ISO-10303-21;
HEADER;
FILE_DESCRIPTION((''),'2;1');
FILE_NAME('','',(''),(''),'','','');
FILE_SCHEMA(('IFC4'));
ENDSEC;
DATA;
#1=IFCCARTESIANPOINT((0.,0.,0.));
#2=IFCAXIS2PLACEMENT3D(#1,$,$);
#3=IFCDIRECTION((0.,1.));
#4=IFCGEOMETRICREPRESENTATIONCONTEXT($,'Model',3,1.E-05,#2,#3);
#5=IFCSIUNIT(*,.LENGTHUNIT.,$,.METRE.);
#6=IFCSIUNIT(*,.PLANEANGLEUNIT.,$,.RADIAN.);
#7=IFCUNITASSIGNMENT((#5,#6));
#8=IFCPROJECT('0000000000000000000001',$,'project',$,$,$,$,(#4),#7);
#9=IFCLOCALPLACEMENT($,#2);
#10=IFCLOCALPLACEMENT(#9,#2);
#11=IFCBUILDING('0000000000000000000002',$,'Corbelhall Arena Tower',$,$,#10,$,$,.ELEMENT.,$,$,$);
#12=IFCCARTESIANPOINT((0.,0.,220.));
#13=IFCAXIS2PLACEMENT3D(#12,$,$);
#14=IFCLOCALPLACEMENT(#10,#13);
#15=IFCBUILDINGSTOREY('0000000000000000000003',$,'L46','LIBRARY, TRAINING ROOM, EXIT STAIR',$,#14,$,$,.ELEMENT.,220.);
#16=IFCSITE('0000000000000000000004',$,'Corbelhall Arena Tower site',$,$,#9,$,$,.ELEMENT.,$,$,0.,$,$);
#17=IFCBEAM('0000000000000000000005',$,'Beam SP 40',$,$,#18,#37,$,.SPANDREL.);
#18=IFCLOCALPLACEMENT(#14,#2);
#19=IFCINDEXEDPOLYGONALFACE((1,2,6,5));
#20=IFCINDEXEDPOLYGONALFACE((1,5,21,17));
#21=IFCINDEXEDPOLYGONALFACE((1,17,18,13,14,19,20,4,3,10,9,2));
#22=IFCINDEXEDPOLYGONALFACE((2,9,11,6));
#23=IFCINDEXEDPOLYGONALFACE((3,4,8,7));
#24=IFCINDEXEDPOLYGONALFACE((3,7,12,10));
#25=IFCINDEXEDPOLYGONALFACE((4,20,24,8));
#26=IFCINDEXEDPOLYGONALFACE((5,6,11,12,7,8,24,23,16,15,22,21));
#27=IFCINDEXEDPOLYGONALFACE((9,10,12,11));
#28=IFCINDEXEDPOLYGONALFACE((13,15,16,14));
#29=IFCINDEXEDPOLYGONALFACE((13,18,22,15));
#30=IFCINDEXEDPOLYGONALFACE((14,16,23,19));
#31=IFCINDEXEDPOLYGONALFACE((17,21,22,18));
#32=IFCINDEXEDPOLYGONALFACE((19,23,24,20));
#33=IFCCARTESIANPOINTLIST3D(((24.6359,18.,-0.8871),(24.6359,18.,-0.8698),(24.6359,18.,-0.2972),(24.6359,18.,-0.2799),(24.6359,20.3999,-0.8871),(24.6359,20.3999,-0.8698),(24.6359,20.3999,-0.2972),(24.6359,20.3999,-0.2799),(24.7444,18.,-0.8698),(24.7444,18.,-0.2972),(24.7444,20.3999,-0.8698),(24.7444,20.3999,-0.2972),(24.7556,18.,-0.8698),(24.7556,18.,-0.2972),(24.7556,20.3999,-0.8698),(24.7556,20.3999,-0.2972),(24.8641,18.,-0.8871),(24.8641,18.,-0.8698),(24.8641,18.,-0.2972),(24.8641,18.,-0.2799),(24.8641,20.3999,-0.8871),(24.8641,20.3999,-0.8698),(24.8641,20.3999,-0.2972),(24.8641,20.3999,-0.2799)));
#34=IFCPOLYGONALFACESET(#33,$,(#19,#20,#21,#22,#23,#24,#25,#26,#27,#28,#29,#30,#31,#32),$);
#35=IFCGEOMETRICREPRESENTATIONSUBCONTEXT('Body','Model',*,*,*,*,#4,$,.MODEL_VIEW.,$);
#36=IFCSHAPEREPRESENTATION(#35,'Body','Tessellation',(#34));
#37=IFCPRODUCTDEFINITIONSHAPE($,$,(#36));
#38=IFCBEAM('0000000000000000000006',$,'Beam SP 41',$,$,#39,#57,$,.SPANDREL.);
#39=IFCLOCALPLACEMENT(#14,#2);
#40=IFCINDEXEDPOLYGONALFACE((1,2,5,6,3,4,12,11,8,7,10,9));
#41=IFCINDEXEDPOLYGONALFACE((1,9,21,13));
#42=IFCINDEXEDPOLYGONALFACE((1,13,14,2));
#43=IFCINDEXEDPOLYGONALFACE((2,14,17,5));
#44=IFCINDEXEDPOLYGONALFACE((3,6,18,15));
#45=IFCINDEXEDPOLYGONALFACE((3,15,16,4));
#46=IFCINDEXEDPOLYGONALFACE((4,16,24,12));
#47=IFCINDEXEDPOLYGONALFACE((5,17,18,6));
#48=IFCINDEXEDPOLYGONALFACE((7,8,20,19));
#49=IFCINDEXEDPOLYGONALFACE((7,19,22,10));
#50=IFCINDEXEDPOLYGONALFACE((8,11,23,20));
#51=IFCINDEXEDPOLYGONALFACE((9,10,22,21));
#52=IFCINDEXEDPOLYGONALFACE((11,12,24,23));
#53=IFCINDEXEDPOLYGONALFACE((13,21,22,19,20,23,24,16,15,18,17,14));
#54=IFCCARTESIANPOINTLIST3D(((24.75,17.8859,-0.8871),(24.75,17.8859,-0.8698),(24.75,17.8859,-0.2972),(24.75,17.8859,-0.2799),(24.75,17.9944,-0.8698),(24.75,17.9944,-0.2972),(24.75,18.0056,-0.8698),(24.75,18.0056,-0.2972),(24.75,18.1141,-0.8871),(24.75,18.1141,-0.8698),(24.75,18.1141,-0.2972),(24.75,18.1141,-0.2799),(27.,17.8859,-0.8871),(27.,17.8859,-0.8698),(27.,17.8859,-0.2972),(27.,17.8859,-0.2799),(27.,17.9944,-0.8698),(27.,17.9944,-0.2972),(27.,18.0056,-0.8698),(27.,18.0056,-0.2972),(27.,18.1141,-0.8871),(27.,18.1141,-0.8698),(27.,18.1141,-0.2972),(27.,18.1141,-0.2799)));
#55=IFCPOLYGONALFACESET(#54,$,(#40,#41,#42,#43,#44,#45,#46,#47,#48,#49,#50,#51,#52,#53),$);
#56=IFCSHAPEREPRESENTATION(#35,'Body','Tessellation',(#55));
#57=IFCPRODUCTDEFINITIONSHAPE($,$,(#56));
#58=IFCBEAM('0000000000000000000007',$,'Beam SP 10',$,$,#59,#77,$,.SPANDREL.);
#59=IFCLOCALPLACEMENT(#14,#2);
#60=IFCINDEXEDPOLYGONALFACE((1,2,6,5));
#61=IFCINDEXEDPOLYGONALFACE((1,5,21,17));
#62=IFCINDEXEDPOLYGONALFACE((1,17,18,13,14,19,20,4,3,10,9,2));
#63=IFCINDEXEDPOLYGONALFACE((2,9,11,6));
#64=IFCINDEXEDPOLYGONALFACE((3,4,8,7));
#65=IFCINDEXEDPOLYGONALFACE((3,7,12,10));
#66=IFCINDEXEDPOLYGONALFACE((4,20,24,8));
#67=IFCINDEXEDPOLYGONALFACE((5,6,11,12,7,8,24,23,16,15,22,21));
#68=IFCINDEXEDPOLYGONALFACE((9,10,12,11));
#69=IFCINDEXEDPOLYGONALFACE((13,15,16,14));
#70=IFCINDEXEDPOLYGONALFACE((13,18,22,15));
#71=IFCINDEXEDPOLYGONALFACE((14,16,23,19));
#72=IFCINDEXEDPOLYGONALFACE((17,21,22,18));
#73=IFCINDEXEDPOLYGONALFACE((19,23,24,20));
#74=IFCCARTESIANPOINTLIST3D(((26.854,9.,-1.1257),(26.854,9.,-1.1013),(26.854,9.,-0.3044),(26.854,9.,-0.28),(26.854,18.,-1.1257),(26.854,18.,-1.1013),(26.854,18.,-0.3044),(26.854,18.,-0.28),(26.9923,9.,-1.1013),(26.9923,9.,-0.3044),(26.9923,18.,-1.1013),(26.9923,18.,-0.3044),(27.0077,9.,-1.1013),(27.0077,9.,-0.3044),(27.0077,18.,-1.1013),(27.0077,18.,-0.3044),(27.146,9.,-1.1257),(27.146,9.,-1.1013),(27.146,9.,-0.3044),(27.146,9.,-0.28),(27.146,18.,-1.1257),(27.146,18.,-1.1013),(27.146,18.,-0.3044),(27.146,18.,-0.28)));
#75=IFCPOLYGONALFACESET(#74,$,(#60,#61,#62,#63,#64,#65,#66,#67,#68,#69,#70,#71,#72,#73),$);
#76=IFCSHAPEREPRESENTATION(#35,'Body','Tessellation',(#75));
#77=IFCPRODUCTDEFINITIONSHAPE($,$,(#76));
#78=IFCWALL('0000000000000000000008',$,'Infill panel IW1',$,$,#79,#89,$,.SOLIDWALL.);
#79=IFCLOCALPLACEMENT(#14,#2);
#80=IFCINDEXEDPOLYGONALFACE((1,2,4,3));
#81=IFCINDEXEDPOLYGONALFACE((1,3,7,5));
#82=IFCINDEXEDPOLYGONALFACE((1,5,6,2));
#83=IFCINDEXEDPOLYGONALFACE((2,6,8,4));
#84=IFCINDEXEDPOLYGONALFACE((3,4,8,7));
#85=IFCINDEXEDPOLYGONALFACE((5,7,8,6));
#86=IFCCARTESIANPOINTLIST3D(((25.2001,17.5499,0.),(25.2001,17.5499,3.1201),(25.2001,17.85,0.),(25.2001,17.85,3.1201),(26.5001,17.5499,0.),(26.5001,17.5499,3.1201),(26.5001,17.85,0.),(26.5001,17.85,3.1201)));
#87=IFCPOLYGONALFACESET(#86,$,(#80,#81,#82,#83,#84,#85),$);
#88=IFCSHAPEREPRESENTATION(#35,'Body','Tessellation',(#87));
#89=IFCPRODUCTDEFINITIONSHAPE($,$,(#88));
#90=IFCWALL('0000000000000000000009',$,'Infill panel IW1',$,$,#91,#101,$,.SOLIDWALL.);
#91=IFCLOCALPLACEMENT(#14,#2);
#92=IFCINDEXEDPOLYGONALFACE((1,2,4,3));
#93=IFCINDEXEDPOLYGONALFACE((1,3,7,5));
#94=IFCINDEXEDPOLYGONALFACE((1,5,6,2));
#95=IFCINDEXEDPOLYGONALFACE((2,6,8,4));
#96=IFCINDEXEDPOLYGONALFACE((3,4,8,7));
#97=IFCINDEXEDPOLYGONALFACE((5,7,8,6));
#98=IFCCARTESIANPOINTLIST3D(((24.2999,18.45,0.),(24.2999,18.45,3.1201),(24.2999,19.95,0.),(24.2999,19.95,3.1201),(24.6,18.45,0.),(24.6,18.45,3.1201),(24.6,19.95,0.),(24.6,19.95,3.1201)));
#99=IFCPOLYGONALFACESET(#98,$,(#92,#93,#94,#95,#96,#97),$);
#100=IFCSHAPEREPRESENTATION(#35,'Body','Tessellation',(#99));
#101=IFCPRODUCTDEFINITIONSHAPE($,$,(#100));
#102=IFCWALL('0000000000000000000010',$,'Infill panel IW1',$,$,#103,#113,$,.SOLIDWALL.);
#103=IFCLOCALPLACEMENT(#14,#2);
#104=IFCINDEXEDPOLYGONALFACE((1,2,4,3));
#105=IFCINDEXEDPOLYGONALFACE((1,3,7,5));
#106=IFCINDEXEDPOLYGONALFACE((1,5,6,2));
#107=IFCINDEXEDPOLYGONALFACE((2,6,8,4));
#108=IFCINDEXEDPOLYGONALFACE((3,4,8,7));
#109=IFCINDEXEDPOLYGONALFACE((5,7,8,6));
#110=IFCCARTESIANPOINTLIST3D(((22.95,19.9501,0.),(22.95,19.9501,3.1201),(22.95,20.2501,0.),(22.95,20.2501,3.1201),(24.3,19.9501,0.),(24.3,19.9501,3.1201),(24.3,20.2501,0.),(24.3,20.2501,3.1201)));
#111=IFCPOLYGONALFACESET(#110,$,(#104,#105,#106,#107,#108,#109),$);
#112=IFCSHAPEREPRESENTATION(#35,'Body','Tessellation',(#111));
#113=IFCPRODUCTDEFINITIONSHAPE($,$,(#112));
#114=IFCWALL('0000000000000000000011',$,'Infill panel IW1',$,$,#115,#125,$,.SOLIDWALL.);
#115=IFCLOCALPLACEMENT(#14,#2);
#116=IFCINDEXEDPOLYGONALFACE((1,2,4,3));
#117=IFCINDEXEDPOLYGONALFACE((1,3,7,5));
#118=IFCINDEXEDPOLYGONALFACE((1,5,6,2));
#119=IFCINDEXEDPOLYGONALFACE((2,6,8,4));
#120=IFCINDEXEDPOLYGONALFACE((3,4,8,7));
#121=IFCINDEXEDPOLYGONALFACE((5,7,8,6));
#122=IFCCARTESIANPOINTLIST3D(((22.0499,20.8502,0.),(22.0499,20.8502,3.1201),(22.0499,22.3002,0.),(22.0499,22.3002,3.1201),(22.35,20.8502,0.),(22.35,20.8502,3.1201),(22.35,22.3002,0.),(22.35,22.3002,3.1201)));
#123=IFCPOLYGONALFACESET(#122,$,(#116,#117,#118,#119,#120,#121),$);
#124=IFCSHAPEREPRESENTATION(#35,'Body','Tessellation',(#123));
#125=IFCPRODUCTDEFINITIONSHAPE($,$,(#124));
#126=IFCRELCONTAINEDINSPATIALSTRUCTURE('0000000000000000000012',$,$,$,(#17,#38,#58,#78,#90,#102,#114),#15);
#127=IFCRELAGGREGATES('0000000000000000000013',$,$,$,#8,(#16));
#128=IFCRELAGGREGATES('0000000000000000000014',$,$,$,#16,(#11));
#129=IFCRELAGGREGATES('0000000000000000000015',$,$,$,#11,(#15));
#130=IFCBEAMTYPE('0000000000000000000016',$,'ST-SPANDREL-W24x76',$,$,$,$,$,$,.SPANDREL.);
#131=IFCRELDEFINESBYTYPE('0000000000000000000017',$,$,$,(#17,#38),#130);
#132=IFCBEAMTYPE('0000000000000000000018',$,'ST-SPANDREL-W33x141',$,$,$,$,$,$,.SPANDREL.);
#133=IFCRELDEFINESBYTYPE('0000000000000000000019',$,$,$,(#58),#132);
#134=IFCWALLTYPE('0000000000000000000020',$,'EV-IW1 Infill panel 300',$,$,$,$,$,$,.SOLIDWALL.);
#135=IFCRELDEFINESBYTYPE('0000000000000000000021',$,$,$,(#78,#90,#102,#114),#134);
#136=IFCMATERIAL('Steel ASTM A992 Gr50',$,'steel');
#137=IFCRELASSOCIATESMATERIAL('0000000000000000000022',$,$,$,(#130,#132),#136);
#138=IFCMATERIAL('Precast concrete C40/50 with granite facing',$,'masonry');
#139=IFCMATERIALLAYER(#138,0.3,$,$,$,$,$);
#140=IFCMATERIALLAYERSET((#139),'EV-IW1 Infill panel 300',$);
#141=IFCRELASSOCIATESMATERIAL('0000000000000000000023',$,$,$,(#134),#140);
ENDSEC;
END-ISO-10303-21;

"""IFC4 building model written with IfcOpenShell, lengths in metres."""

from ifc_helpers import new_model, si_unit, direction, frame, frame_2d, origin, origin_2d, place, context, subcontext, project, spatial, rectangle, i_section, extrude, material, layer, layer_set, material_profile, profile_set, type_object, element, save


model = new_model("IFC4")

# Units and contexts
model_context = context("Model", 3, precision=1e-05, world=origin(), true_north=direction((0.0, 1.0)))
body_context = subcontext(model_context, "Body", "Model", "MODEL_VIEW")
ifc_project = project(units=[si_unit("LENGTHUNIT", "METRE"), si_unit("PLANEANGLEUNIT", "RADIAN")], contexts=[model_context])

# Site, building, storey
site_placement = place(None, origin())
site = spatial("IfcSite", under=ifc_project, at=site_placement, Name="Corbelhall Arena Tower site", CompositionType="ELEMENT", RefElevation=0.0)
building_placement = place(site_placement, origin())
building = spatial("IfcBuilding", under=site, at=building_placement, Name="Corbelhall Arena Tower", CompositionType="ELEMENT")
storey_placement = place(building_placement, frame((0.0, 0.0, 220.0)))
storey = spatial("IfcBuildingStorey", under=building, at=storey_placement, Name="L46", Description="LIBRARY, TRAINING ROOM, EXIT STAIR", CompositionType="ELEMENT", Elevation=220.0)

# Beams
ifc_material_1 = material(Name="Steel ASTM A992 Gr50", Category="steel")
ifc_material_profile_1 = material_profile(ifc_material_1, i_section(OverallWidth=0.2283, OverallDepth=0.6072, WebThickness=0.0112, FlangeThickness=0.0173, at=origin_2d()))
ifc_profile_set_1 = profile_set([ifc_material_profile_1], Name="Steel ASTM A992 Gr50")
beam_type_1 = type_object("IfcBeamType", Name="ST-SPANDREL-W24x76", PredefinedType="SPANDREL", material=ifc_profile_set_1)
beam_1_placement = place(storey_placement, frame((24.75, 20.3999, -0.5835), z_axis=(0.0, -1.0, 0.0), x_axis=(1.0, 0.0, 0.0)))
element("IfcBeam", 1, at=beam_1_placement, inside=storey, type_object=beam_type_1, Name="Beam SP 40", PredefinedType="SPANDREL", context=body_context, shape_type="SweptSolid", body=[
    extrude(i_section(OverallWidth=0.2283, OverallDepth=0.6072, WebThickness=0.0112, FlangeThickness=0.0173, at=origin_2d()), origin(), (0.0, 0.0, 1.0), 2.3999),
])
beam_2_placement = place(storey_placement, frame((24.75, 18.0, -0.5835), z_axis=(1.0, 0.0, 0.0), x_axis=(0.0, 1.0, 0.0)))
element("IfcBeam", 2, at=beam_2_placement, inside=storey, type_object=beam_type_1, Name="Beam SP 41", PredefinedType="SPANDREL", context=body_context, shape_type="SweptSolid", body=[
    extrude(i_section(OverallWidth=0.2283, OverallDepth=0.6072, WebThickness=0.0112, FlangeThickness=0.0173, at=origin_2d()), origin(), (0.0, 0.0, 1.0), 2.25),
])
ifc_material_profile_2 = material_profile(ifc_material_1, i_section(OverallWidth=0.292, OverallDepth=0.8457, WebThickness=0.0154, FlangeThickness=0.0244, at=origin_2d()))
ifc_profile_set_2 = profile_set([ifc_material_profile_2], Name="Steel ASTM A992 Gr50")
beam_type_2 = type_object("IfcBeamType", Name="ST-SPANDREL-W33x141", PredefinedType="SPANDREL", material=ifc_profile_set_2)
beam_3_placement = place(storey_placement, frame((27.0, 18.0, -0.7029), z_axis=(0.0, -1.0, 0.0), x_axis=(1.0, 0.0, 0.0)))
element("IfcBeam", 3, at=beam_3_placement, inside=storey, type_object=beam_type_2, Name="Beam SP 10", PredefinedType="SPANDREL", context=body_context, shape_type="SweptSolid", body=[
    extrude(i_section(OverallWidth=0.292, OverallDepth=0.8457, WebThickness=0.0154, FlangeThickness=0.0244, at=origin_2d()), origin(), (0.0, 0.0, 1.0), 9.0),
])

# Walls
ifc_material_2 = material(Name="Precast concrete C40/50 with granite facing", Category="masonry")
ifc_layer_1 = layer(ifc_material_2, 0.3)
ifc_layer_set_1 = layer_set([ifc_layer_1], Name="EV-IW1 Infill panel 300")
wall_type_1 = type_object("IfcWallType", Name="EV-IW1 Infill panel 300", PredefinedType="SOLIDWALL", material=ifc_layer_set_1)
wall_1_placement = place(storey_placement, frame((26.5, 17.7, 0.0), z_axis=(0.0, 0.0, 1.0), x_axis=(-1.0, 0.0, 0.0)))
element("IfcWall", 4, at=wall_1_placement, inside=storey, type_object=wall_type_1, Name="Infill panel IW1", PredefinedType="SOLIDWALL", context=body_context, shape_type="SweptSolid", body=[
    extrude(rectangle(XDim=1.3, YDim=0.3, at=frame_2d((0.6499, 0.0))), origin(), (0.0, 0.0, 1.0), 3.1201),
])
wall_2_placement = place(storey_placement, frame((24.45, 18.45, 0.0), z_axis=(0.0, 0.0, 1.0), x_axis=(0.0, 1.0, 0.0)))
element("IfcWall", 5, at=wall_2_placement, inside=storey, type_object=wall_type_1, Name="Infill panel IW1", PredefinedType="SOLIDWALL", context=body_context, shape_type="SweptSolid", body=[
    extrude(rectangle(XDim=1.5, YDim=0.3, at=frame_2d((0.75, 0.0))), origin(), (0.0, 0.0, 1.0), 3.1201),
])
wall_3_placement = place(storey_placement, frame((24.3, 20.1001, 0.0), z_axis=(0.0, 0.0, 1.0), x_axis=(-1.0, 0.0, 0.0)))
element("IfcWall", 6, at=wall_3_placement, inside=storey, type_object=wall_type_1, Name="Infill panel IW1", PredefinedType="SOLIDWALL", context=body_context, shape_type="SweptSolid", body=[
    extrude(rectangle(XDim=1.3501, YDim=0.3, at=frame_2d((0.675, 0.0))), origin(), (0.0, 0.0, 1.0), 3.1201),
])
wall_4_placement = place(storey_placement, frame((22.2, 20.8501, 0.0), z_axis=(0.0, 0.0, 1.0), x_axis=(0.0, 1.0, 0.0)))
element("IfcWall", 7, at=wall_4_placement, inside=storey, type_object=wall_type_1, Name="Infill panel IW1", PredefinedType="SOLIDWALL", context=body_context, shape_type="SweptSolid", body=[
    extrude(rectangle(XDim=1.45, YDim=0.3, at=frame_2d((0.7251, 0.0))), origin(), (0.0, 0.0, 1.0), 3.1201),
])

save(model, "model.ifc")
